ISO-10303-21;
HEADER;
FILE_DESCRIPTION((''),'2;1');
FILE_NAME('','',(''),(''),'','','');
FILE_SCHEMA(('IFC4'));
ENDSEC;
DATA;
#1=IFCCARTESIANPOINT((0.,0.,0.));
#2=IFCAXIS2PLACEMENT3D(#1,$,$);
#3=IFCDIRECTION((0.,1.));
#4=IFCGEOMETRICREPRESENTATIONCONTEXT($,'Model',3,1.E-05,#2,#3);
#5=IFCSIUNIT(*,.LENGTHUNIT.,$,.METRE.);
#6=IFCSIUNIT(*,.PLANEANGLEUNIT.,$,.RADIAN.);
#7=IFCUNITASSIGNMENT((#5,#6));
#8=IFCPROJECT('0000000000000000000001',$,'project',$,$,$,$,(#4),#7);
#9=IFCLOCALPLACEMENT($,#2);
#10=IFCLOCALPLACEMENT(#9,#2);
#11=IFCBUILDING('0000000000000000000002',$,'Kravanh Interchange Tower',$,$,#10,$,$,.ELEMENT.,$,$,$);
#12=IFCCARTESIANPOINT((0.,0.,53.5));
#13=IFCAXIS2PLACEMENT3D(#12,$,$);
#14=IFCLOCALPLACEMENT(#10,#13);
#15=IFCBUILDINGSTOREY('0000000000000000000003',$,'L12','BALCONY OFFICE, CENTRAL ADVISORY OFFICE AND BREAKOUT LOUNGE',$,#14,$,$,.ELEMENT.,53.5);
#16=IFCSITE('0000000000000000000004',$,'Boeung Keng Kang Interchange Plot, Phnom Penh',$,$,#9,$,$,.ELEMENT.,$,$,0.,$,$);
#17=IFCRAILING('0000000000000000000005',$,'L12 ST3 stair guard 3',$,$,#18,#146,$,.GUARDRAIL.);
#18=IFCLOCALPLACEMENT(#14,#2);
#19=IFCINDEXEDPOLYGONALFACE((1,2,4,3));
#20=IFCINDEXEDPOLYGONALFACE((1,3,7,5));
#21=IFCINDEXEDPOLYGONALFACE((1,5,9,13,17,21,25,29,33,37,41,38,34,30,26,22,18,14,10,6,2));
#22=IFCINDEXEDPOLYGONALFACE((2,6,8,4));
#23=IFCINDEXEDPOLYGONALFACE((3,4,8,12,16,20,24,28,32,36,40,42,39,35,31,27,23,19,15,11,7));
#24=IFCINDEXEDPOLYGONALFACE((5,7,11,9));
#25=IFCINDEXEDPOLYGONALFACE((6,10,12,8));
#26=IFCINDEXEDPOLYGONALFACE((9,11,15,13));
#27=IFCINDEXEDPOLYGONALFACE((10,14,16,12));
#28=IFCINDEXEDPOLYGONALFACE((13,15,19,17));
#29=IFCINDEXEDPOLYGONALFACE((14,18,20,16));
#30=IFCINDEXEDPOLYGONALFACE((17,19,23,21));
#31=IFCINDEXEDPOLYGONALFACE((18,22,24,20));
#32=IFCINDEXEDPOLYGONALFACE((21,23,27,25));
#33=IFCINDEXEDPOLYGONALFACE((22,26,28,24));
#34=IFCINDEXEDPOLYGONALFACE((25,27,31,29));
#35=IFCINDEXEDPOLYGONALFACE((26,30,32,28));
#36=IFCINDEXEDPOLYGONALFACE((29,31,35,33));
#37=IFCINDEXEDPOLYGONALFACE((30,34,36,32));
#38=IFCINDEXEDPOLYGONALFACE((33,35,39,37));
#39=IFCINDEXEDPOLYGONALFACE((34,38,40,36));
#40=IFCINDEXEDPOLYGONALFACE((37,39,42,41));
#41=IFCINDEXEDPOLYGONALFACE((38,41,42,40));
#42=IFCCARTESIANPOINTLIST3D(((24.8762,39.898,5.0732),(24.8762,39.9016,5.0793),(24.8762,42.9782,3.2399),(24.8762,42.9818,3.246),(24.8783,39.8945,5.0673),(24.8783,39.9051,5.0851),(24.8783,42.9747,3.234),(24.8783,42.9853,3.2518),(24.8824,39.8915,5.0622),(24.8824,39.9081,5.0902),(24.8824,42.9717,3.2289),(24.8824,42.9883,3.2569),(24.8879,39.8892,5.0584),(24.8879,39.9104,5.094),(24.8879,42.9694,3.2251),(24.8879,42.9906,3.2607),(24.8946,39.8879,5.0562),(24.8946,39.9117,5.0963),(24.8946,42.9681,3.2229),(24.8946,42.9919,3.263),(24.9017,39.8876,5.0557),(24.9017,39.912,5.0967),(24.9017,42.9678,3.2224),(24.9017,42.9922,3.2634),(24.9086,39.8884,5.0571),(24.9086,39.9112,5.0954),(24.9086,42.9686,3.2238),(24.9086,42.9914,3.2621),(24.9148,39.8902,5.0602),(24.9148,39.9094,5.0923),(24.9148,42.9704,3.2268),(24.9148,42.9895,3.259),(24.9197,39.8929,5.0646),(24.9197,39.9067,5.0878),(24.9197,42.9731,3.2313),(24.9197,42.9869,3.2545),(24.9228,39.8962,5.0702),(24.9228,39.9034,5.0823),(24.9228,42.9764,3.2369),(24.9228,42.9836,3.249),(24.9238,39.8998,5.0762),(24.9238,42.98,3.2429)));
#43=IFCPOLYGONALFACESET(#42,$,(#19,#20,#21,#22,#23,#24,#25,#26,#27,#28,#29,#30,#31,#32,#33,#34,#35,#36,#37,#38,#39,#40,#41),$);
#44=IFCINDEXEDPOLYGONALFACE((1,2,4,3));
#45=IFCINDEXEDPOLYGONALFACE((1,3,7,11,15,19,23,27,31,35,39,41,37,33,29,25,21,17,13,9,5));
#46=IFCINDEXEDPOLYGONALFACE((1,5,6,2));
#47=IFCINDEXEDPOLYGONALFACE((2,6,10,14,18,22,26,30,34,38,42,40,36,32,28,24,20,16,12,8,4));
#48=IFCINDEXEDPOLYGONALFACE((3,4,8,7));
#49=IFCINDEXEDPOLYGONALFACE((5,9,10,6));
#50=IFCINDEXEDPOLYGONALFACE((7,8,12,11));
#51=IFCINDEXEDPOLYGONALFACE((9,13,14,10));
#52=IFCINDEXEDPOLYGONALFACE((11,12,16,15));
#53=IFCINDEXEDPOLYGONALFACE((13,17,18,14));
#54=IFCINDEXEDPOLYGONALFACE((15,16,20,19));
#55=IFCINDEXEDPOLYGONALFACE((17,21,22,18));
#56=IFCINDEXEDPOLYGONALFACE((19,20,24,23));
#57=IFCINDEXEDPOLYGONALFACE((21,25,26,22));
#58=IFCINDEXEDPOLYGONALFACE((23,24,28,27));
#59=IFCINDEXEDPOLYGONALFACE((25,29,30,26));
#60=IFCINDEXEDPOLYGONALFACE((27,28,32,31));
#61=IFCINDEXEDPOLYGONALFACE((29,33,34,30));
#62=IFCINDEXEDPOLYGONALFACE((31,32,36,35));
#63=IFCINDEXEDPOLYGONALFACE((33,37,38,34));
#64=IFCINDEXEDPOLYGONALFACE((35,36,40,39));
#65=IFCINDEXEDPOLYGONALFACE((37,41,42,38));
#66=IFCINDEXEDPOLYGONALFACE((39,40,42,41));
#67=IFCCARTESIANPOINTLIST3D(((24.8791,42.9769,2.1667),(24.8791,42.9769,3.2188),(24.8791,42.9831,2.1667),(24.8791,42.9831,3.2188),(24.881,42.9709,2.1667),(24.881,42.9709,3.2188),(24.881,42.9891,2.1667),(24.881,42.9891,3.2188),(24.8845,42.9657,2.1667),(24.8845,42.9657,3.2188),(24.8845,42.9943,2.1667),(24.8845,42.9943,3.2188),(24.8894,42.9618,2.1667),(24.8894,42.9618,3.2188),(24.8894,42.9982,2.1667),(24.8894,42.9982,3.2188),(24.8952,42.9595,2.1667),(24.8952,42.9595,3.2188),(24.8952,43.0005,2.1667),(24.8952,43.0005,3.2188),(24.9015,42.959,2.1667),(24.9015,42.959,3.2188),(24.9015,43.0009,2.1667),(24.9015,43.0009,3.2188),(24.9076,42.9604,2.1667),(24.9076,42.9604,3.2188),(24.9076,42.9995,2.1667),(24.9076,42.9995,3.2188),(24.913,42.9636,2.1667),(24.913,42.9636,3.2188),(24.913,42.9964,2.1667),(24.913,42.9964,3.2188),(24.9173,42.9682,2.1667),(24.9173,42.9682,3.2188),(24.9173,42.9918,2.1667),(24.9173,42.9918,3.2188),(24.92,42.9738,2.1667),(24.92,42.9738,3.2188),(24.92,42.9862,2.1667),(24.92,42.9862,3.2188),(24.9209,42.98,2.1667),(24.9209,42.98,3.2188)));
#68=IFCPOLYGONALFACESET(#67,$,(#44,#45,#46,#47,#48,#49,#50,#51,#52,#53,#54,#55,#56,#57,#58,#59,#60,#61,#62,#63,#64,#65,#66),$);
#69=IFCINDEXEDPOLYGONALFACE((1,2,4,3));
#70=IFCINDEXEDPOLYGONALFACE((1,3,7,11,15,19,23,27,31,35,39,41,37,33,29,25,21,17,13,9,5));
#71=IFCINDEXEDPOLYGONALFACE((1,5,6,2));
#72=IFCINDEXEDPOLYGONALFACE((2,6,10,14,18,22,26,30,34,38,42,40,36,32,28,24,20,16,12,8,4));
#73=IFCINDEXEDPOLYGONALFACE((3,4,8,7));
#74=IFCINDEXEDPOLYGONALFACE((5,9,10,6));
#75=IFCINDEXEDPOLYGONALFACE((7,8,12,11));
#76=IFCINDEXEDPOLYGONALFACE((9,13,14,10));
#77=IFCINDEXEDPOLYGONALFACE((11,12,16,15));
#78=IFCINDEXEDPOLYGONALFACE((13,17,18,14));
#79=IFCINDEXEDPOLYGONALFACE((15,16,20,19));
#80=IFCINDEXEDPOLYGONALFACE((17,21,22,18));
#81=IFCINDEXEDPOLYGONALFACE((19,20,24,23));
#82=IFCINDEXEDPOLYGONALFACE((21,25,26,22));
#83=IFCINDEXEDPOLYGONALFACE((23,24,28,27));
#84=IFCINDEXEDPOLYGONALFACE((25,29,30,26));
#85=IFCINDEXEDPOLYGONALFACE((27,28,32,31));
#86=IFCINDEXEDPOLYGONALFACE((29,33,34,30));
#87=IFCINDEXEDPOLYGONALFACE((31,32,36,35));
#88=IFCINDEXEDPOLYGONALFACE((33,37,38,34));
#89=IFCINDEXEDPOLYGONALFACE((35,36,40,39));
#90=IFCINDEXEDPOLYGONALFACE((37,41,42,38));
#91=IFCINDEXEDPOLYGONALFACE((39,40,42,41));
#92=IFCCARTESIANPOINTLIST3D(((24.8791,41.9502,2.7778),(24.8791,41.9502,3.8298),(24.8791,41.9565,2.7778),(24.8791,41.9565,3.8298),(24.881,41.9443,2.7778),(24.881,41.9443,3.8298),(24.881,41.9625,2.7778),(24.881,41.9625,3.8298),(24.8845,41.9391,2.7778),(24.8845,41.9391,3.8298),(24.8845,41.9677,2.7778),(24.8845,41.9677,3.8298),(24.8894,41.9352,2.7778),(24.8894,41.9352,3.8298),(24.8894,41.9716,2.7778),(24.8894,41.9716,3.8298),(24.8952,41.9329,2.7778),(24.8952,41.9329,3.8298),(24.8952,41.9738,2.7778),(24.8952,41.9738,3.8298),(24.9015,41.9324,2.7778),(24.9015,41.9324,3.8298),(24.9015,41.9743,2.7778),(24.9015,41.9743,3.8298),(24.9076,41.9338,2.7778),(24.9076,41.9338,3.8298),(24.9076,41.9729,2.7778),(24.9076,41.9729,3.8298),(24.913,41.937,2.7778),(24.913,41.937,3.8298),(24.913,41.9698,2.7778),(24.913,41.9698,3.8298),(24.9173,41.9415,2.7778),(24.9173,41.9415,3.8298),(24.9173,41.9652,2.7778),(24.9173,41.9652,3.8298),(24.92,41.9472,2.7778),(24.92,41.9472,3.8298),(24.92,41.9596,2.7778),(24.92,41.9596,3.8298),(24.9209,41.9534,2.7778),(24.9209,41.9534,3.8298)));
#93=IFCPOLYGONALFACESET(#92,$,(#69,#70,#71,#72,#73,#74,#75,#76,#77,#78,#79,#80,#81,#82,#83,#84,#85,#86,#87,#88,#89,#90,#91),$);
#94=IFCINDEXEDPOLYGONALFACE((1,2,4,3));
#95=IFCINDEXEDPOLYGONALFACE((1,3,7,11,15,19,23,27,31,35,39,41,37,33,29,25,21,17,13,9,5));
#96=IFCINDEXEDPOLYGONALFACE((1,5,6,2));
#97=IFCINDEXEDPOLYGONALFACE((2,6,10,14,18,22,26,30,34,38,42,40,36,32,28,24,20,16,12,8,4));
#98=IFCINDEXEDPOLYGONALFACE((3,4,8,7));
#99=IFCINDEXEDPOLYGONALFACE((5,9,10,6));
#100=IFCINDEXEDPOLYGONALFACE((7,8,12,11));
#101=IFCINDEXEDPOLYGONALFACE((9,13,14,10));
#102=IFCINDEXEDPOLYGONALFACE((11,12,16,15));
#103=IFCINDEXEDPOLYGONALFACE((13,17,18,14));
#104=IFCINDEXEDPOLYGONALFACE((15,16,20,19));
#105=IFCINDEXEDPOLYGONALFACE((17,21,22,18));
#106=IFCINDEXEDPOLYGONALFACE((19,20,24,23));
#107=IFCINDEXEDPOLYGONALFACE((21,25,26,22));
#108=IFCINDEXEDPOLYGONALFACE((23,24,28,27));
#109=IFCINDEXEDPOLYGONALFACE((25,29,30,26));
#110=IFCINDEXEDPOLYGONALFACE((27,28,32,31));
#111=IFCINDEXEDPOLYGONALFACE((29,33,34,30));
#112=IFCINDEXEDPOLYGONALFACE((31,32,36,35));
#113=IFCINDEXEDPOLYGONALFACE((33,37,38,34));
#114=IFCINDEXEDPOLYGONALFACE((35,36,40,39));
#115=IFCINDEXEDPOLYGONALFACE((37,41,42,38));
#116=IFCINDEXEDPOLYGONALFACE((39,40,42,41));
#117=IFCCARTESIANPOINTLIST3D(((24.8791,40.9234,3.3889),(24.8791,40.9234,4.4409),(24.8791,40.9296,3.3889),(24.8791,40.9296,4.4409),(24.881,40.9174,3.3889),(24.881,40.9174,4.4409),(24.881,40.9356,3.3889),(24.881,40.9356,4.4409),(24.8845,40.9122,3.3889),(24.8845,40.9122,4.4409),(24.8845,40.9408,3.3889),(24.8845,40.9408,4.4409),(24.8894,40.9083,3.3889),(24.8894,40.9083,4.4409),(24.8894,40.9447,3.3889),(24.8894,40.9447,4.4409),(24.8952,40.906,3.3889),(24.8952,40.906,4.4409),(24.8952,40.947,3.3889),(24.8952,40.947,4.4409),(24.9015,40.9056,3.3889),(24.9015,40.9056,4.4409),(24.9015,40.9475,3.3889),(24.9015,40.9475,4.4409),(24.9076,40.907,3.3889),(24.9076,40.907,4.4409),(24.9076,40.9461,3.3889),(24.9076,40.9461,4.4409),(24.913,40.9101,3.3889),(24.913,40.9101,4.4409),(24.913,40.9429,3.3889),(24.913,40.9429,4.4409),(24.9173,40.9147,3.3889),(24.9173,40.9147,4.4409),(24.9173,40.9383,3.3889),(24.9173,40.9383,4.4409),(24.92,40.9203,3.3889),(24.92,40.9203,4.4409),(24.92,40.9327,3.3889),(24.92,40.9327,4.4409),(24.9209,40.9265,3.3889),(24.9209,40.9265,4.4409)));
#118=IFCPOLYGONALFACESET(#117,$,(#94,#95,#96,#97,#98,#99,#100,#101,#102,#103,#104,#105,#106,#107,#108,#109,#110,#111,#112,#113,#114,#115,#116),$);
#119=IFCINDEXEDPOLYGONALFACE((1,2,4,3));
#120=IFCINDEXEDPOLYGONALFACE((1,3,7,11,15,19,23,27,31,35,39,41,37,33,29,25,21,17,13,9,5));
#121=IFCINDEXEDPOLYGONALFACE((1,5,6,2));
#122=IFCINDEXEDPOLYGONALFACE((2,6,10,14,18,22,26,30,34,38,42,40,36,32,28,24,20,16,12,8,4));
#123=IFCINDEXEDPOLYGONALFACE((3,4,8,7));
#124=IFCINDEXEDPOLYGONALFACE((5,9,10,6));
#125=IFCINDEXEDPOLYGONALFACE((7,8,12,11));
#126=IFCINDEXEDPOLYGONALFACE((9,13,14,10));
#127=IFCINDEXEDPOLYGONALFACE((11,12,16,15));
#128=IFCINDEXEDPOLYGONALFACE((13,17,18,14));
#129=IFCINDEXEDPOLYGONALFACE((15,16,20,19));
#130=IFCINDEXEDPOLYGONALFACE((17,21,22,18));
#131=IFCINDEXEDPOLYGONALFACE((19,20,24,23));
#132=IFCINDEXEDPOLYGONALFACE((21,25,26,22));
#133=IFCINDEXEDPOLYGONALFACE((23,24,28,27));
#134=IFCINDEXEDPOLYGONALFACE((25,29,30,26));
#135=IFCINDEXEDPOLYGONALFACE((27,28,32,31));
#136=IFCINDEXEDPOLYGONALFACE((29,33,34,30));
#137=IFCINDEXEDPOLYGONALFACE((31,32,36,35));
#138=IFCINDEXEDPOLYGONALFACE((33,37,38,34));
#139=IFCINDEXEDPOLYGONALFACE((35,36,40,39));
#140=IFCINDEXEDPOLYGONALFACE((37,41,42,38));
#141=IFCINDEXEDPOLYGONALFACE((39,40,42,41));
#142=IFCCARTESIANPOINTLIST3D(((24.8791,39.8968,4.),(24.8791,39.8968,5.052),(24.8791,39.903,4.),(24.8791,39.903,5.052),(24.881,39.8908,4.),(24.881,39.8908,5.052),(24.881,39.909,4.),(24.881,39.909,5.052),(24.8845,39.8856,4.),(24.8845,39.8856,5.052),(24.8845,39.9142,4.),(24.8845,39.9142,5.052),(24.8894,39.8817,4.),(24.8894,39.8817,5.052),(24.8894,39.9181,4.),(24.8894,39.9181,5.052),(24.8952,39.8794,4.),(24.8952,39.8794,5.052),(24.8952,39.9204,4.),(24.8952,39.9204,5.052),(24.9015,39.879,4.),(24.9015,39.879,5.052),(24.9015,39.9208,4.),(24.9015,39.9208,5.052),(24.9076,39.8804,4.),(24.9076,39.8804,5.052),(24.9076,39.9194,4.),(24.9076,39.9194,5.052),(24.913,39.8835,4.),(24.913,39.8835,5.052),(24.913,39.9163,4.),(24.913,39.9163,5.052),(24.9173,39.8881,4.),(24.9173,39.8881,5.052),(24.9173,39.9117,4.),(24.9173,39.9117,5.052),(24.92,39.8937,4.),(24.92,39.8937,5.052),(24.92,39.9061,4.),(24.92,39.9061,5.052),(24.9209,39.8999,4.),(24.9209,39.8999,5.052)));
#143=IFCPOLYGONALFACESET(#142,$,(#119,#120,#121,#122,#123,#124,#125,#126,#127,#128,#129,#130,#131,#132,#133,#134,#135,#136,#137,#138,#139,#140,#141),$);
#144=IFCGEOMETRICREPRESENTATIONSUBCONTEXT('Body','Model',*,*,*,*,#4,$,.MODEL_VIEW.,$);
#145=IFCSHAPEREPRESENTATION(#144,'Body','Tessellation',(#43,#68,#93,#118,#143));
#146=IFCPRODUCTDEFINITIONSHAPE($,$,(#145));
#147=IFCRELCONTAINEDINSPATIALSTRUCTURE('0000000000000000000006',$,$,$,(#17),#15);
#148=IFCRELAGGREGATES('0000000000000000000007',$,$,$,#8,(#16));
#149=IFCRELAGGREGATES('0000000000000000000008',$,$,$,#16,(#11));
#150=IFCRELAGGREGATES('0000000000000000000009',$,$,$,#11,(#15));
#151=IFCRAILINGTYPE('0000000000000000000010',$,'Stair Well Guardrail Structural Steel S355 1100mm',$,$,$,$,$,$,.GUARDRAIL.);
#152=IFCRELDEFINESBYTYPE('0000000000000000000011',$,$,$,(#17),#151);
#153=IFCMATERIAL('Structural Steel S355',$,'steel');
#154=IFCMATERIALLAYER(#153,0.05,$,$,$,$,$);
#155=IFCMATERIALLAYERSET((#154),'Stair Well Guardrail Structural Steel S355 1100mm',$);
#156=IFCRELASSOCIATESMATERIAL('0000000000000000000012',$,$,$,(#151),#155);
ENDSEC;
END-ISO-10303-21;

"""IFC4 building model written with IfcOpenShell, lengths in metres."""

from ifc_helpers import new_model, si_unit, direction, frame, origin, origin_2d, place, context, subcontext, project, spatial, circle, extrude, material, layer, layer_set, type_object, element, save


model = new_model("IFC4")

# Units and contexts
model_context = context("Model", 3, precision=1e-05, world=origin(), true_north=direction((0.0, 1.0)))
body_context = subcontext(model_context, "Body", "Model", "MODEL_VIEW")
ifc_project = project(units=[si_unit("LENGTHUNIT", "METRE"), si_unit("PLANEANGLEUNIT", "RADIAN")], contexts=[model_context])

# Site, building, storey
site_placement = place(None, origin())
site = spatial("IfcSite", under=ifc_project, at=site_placement, Name="Boeung Keng Kang Interchange Plot, Phnom Penh", CompositionType="ELEMENT", RefElevation=0.0)
building_placement = place(site_placement, origin())
building = spatial("IfcBuilding", under=site, at=building_placement, Name="Kravanh Interchange Tower", CompositionType="ELEMENT")
storey_placement = place(building_placement, frame((0.0, 0.0, 53.5)))
storey = spatial("IfcBuildingStorey", under=building, at=storey_placement, Name="L12", Description="BALCONY OFFICE, CENTRAL ADVISORY OFFICE AND BREAKOUT LOUNGE", CompositionType="ELEMENT", Elevation=53.5)

# Railing
ifc_material_1 = material(Name="Structural Steel S355", Category="steel")
ifc_layer_1 = layer(ifc_material_1, 0.05)
ifc_layer_set_1 = layer_set([ifc_layer_1], Name="Stair Well Guardrail Structural Steel S355 1100mm")
railing_type_1 = type_object("IfcRailingType", Name="Stair Well Guardrail Structural Steel S355 1100mm", PredefinedType="GUARDRAIL", material=ifc_layer_set_1)
railing_1_placement = place(storey_placement, frame((24.8999, 42.98, 2.1667)))
element("IfcRailing", 1, at=railing_1_placement, inside=storey, type_object=railing_type_1, Name="L12 ST3 stair guard 3", PredefinedType="GUARDRAIL", context=body_context, shape_type="SweptSolid", body=[
    extrude(circle(Radius=0.0239, at=origin_2d()), frame((0.0, 0.0, 1.0762), z_axis=(0.0, -0.859309, 0.511458), x_axis=(1.0, 0.0, 0.0)), (0.0, 0.0, 1.0), 3.5845),
    extrude(circle(Radius=0.021, at=origin_2d()), origin(), (0.0, 0.0, 1.0), 1.052),
    extrude(circle(Radius=0.021, at=origin_2d()), frame((0.0, -1.0266, 0.6111)), (0.0, 0.0, 1.0), 1.052),
    extrude(circle(Radius=0.021, at=origin_2d()), frame((0.0, -2.0535, 1.2222)), (0.0, 0.0, 1.0), 1.052),
    extrude(circle(Radius=0.021, at=origin_2d()), frame((0.0, -3.0801, 1.8333)), (0.0, 0.0, 1.0), 1.052),
])

save(model, "model.ifc")
